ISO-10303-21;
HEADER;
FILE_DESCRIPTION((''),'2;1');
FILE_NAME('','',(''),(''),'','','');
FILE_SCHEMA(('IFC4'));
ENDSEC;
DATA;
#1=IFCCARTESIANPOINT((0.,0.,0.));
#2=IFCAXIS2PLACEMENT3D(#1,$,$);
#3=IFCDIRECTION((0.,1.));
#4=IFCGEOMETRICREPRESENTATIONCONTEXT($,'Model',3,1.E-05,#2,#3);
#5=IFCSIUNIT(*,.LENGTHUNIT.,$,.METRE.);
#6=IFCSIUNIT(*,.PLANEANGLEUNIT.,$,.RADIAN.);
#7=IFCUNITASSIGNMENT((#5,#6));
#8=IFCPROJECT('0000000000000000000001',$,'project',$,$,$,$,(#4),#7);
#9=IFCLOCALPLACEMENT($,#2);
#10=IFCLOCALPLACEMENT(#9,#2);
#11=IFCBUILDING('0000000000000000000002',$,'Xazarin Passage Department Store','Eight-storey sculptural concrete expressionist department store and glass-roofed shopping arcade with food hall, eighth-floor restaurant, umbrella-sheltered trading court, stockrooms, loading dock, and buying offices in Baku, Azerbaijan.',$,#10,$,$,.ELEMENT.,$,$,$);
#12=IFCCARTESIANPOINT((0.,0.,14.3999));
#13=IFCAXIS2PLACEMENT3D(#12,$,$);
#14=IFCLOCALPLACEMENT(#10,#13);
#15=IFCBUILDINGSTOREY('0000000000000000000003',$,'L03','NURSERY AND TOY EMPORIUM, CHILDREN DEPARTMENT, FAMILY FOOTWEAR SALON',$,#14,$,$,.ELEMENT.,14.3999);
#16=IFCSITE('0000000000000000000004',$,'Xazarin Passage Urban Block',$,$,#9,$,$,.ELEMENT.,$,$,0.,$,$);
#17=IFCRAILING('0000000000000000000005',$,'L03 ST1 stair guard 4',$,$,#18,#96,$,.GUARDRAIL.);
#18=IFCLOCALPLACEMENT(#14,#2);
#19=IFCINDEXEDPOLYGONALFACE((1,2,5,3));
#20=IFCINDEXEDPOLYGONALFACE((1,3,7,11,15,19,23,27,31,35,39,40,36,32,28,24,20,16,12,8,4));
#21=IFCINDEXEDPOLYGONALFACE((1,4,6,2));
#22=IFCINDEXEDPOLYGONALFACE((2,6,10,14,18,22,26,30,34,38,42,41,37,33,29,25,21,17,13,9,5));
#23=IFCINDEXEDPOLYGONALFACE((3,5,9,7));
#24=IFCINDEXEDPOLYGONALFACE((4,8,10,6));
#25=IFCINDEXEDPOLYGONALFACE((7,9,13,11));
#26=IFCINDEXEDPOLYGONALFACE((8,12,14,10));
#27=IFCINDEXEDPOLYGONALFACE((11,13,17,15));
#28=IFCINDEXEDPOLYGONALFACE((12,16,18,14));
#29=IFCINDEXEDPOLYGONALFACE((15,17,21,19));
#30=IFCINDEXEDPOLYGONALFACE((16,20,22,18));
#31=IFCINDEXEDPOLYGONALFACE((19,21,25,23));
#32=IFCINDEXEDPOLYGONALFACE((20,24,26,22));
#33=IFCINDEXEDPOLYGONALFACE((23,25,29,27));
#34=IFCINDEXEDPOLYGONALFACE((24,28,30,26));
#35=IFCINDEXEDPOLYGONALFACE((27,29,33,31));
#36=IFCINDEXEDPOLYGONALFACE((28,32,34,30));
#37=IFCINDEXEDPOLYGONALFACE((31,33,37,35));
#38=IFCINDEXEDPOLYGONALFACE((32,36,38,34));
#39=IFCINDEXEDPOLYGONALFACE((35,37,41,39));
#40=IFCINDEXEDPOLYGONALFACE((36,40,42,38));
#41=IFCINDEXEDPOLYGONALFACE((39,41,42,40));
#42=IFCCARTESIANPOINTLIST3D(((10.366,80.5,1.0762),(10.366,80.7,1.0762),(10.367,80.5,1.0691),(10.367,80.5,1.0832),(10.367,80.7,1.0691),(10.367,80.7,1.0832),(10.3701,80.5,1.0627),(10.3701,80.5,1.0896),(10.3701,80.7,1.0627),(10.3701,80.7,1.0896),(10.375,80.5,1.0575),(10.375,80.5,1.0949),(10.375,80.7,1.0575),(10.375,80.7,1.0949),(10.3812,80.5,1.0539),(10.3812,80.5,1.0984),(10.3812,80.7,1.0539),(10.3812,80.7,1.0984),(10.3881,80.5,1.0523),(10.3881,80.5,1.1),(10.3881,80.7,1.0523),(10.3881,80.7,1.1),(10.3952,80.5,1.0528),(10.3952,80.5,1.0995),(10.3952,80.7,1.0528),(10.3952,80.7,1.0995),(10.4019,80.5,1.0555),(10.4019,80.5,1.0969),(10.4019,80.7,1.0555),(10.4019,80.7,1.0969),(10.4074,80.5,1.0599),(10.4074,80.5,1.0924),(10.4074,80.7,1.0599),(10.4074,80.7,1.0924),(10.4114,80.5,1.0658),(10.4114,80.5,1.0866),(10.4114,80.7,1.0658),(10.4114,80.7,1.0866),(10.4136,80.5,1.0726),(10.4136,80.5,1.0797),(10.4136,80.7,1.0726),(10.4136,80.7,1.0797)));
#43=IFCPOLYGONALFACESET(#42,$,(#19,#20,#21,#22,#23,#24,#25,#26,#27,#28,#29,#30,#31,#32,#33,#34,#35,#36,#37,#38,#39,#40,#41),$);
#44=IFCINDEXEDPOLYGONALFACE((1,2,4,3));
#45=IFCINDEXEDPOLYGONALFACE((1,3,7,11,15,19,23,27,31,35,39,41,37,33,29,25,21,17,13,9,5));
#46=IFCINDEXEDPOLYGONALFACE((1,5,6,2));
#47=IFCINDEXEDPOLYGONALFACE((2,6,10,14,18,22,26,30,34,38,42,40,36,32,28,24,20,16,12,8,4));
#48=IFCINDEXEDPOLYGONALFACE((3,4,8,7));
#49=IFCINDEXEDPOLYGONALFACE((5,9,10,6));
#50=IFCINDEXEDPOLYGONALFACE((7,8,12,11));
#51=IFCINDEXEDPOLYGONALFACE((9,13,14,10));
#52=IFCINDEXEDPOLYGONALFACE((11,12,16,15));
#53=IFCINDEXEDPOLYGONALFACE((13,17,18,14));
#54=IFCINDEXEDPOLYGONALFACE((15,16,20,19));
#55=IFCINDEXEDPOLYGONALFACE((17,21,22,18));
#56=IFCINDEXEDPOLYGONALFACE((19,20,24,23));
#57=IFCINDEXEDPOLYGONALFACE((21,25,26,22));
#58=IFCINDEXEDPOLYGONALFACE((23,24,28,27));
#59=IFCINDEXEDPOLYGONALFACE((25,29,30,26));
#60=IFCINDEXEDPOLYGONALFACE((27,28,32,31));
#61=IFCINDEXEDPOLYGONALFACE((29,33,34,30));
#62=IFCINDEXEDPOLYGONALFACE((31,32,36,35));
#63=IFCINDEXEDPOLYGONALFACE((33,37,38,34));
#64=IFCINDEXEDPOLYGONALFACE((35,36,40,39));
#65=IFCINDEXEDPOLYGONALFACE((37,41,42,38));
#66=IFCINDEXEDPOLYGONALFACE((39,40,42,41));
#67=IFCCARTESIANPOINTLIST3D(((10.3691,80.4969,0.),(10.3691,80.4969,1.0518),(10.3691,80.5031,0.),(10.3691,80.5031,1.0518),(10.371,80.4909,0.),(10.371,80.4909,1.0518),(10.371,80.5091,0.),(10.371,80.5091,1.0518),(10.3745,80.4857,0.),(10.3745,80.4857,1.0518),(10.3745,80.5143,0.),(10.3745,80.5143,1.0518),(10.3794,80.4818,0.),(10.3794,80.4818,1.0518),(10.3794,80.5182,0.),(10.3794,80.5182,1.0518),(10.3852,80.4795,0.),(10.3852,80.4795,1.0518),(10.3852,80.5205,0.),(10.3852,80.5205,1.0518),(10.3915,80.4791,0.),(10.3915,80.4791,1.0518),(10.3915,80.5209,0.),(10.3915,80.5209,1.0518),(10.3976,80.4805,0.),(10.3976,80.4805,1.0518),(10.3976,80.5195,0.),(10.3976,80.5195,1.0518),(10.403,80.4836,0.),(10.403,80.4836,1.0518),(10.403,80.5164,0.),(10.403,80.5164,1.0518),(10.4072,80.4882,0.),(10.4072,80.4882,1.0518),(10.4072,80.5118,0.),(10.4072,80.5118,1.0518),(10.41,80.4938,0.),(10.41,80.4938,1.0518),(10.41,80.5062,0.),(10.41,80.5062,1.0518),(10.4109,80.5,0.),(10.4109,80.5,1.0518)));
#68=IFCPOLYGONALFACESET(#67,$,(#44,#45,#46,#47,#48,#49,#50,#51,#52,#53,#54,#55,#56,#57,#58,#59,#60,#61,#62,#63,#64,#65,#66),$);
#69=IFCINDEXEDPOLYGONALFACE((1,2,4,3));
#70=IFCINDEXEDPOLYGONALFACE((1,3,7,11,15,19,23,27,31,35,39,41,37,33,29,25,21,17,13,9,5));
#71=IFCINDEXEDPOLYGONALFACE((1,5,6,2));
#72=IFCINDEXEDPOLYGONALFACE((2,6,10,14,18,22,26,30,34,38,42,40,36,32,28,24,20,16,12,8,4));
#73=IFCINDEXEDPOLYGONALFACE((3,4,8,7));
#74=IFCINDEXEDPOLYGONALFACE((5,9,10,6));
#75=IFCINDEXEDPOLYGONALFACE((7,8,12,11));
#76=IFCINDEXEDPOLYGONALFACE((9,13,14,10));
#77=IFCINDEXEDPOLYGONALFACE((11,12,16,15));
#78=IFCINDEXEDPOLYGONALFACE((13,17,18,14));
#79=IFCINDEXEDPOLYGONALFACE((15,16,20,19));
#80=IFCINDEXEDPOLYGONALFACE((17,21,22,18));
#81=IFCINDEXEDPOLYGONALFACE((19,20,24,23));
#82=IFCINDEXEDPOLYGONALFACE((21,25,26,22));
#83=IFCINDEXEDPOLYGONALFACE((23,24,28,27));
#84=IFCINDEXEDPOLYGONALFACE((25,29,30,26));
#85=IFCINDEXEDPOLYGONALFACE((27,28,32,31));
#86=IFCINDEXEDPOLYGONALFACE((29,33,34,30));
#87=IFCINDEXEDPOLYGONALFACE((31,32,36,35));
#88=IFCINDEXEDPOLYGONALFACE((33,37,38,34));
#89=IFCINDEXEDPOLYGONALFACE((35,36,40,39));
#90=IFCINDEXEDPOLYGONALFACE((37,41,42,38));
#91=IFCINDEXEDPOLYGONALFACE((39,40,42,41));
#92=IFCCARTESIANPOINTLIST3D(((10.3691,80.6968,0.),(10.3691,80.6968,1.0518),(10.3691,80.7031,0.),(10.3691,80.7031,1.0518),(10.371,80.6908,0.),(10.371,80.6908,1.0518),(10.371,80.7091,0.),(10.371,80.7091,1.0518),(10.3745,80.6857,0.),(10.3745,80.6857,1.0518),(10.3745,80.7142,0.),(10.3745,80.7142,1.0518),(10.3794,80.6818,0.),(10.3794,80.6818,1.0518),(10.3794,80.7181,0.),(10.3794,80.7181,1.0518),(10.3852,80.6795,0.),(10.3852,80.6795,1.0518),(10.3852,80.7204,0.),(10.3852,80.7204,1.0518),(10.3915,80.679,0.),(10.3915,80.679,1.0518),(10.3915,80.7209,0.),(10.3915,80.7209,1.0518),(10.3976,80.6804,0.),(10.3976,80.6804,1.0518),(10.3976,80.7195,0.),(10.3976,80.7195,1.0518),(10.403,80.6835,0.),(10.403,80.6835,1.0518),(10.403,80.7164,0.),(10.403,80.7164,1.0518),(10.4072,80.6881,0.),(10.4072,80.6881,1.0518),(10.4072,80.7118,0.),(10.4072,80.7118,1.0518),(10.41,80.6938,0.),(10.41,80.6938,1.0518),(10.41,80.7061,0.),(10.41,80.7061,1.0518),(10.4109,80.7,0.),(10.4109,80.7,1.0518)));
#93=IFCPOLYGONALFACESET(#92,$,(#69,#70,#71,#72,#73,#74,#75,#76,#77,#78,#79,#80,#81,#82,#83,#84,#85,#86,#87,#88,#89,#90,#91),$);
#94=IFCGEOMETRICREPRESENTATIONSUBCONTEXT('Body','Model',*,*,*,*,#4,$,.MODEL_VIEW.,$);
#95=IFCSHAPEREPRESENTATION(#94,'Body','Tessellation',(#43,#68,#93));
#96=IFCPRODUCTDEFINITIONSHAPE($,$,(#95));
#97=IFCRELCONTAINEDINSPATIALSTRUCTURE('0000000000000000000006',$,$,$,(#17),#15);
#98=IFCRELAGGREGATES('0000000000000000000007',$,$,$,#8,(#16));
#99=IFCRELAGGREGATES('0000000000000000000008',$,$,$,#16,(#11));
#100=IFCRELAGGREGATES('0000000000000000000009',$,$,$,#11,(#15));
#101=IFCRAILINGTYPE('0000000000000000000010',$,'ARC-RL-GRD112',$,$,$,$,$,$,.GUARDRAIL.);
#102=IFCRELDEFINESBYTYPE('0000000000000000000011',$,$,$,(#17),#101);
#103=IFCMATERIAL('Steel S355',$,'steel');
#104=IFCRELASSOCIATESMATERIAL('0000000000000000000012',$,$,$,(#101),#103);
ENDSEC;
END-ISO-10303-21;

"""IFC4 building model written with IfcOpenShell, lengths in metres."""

from ifc_helpers import new_model, si_unit, direction, frame, origin, origin_2d, place, context, subcontext, project, spatial, circle, extrude, material, type_object, element, save


model = new_model("IFC4")

# Units and contexts
model_context = context("Model", 3, precision=1e-05, world=origin(), true_north=direction((0.0, 1.0)))
body_context = subcontext(model_context, "Body", "Model", "MODEL_VIEW")
ifc_project = project(units=[si_unit("LENGTHUNIT", "METRE"), si_unit("PLANEANGLEUNIT", "RADIAN")], contexts=[model_context])

# Site, building, storey
site_placement = place(None, origin())
site = spatial("IfcSite", under=ifc_project, at=site_placement, Name="Xazarin Passage Urban Block", CompositionType="ELEMENT", RefElevation=0.0)
building_placement = place(site_placement, origin())
building = spatial("IfcBuilding", under=site, at=building_placement, Name="Xazarin Passage Department Store", Description="Eight-storey sculptural concrete expressionist department store and glass-roofed shopping arcade with food hall, eighth-floor restaurant, umbrella-sheltered trading court, stockrooms, loading dock, and buying offices in Baku, Azerbaijan.", CompositionType="ELEMENT")
storey_placement = place(building_placement, frame((0.0, 0.0, 14.3999)))
storey = spatial("IfcBuildingStorey", under=building, at=storey_placement, Name="L03", Description="NURSERY AND TOY EMPORIUM, CHILDREN DEPARTMENT, FAMILY FOOTWEAR SALON", CompositionType="ELEMENT", Elevation=14.3999)

# Shared definitions
ifc_material_1 = material(Name="Steel S355", Category="steel")

# Railing
railing_type_1 = type_object("IfcRailingType", Name="ARC-RL-GRD112", PredefinedType="GUARDRAIL", material=ifc_material_1)
railing_1_placement = place(storey_placement, frame((10.3899, 80.5, 0.0)))
element("IfcRailing", 1, at=railing_1_placement, inside=storey, type_object=railing_type_1, Name="L03 ST1 stair guard 4", PredefinedType="GUARDRAIL", context=body_context, shape_type="SweptSolid", body=[
    extrude(circle(Radius=0.0239, at=origin_2d()), frame((0.0, 0.0, 1.0762), z_axis=(0.0, 1.0, 0.0), x_axis=(-1.0, 0.0, 0.0)), (0.0, 0.0, 1.0), 0.2),
    extrude(circle(Radius=0.021, at=origin_2d()), origin(), (0.0, 0.0, 1.0), 1.0518),
    extrude(circle(Radius=0.021, at=origin_2d()), frame((0.0, 0.2, 0.0)), (0.0, 0.0, 1.0), 1.0518),
])

save(model, "model.ifc")
